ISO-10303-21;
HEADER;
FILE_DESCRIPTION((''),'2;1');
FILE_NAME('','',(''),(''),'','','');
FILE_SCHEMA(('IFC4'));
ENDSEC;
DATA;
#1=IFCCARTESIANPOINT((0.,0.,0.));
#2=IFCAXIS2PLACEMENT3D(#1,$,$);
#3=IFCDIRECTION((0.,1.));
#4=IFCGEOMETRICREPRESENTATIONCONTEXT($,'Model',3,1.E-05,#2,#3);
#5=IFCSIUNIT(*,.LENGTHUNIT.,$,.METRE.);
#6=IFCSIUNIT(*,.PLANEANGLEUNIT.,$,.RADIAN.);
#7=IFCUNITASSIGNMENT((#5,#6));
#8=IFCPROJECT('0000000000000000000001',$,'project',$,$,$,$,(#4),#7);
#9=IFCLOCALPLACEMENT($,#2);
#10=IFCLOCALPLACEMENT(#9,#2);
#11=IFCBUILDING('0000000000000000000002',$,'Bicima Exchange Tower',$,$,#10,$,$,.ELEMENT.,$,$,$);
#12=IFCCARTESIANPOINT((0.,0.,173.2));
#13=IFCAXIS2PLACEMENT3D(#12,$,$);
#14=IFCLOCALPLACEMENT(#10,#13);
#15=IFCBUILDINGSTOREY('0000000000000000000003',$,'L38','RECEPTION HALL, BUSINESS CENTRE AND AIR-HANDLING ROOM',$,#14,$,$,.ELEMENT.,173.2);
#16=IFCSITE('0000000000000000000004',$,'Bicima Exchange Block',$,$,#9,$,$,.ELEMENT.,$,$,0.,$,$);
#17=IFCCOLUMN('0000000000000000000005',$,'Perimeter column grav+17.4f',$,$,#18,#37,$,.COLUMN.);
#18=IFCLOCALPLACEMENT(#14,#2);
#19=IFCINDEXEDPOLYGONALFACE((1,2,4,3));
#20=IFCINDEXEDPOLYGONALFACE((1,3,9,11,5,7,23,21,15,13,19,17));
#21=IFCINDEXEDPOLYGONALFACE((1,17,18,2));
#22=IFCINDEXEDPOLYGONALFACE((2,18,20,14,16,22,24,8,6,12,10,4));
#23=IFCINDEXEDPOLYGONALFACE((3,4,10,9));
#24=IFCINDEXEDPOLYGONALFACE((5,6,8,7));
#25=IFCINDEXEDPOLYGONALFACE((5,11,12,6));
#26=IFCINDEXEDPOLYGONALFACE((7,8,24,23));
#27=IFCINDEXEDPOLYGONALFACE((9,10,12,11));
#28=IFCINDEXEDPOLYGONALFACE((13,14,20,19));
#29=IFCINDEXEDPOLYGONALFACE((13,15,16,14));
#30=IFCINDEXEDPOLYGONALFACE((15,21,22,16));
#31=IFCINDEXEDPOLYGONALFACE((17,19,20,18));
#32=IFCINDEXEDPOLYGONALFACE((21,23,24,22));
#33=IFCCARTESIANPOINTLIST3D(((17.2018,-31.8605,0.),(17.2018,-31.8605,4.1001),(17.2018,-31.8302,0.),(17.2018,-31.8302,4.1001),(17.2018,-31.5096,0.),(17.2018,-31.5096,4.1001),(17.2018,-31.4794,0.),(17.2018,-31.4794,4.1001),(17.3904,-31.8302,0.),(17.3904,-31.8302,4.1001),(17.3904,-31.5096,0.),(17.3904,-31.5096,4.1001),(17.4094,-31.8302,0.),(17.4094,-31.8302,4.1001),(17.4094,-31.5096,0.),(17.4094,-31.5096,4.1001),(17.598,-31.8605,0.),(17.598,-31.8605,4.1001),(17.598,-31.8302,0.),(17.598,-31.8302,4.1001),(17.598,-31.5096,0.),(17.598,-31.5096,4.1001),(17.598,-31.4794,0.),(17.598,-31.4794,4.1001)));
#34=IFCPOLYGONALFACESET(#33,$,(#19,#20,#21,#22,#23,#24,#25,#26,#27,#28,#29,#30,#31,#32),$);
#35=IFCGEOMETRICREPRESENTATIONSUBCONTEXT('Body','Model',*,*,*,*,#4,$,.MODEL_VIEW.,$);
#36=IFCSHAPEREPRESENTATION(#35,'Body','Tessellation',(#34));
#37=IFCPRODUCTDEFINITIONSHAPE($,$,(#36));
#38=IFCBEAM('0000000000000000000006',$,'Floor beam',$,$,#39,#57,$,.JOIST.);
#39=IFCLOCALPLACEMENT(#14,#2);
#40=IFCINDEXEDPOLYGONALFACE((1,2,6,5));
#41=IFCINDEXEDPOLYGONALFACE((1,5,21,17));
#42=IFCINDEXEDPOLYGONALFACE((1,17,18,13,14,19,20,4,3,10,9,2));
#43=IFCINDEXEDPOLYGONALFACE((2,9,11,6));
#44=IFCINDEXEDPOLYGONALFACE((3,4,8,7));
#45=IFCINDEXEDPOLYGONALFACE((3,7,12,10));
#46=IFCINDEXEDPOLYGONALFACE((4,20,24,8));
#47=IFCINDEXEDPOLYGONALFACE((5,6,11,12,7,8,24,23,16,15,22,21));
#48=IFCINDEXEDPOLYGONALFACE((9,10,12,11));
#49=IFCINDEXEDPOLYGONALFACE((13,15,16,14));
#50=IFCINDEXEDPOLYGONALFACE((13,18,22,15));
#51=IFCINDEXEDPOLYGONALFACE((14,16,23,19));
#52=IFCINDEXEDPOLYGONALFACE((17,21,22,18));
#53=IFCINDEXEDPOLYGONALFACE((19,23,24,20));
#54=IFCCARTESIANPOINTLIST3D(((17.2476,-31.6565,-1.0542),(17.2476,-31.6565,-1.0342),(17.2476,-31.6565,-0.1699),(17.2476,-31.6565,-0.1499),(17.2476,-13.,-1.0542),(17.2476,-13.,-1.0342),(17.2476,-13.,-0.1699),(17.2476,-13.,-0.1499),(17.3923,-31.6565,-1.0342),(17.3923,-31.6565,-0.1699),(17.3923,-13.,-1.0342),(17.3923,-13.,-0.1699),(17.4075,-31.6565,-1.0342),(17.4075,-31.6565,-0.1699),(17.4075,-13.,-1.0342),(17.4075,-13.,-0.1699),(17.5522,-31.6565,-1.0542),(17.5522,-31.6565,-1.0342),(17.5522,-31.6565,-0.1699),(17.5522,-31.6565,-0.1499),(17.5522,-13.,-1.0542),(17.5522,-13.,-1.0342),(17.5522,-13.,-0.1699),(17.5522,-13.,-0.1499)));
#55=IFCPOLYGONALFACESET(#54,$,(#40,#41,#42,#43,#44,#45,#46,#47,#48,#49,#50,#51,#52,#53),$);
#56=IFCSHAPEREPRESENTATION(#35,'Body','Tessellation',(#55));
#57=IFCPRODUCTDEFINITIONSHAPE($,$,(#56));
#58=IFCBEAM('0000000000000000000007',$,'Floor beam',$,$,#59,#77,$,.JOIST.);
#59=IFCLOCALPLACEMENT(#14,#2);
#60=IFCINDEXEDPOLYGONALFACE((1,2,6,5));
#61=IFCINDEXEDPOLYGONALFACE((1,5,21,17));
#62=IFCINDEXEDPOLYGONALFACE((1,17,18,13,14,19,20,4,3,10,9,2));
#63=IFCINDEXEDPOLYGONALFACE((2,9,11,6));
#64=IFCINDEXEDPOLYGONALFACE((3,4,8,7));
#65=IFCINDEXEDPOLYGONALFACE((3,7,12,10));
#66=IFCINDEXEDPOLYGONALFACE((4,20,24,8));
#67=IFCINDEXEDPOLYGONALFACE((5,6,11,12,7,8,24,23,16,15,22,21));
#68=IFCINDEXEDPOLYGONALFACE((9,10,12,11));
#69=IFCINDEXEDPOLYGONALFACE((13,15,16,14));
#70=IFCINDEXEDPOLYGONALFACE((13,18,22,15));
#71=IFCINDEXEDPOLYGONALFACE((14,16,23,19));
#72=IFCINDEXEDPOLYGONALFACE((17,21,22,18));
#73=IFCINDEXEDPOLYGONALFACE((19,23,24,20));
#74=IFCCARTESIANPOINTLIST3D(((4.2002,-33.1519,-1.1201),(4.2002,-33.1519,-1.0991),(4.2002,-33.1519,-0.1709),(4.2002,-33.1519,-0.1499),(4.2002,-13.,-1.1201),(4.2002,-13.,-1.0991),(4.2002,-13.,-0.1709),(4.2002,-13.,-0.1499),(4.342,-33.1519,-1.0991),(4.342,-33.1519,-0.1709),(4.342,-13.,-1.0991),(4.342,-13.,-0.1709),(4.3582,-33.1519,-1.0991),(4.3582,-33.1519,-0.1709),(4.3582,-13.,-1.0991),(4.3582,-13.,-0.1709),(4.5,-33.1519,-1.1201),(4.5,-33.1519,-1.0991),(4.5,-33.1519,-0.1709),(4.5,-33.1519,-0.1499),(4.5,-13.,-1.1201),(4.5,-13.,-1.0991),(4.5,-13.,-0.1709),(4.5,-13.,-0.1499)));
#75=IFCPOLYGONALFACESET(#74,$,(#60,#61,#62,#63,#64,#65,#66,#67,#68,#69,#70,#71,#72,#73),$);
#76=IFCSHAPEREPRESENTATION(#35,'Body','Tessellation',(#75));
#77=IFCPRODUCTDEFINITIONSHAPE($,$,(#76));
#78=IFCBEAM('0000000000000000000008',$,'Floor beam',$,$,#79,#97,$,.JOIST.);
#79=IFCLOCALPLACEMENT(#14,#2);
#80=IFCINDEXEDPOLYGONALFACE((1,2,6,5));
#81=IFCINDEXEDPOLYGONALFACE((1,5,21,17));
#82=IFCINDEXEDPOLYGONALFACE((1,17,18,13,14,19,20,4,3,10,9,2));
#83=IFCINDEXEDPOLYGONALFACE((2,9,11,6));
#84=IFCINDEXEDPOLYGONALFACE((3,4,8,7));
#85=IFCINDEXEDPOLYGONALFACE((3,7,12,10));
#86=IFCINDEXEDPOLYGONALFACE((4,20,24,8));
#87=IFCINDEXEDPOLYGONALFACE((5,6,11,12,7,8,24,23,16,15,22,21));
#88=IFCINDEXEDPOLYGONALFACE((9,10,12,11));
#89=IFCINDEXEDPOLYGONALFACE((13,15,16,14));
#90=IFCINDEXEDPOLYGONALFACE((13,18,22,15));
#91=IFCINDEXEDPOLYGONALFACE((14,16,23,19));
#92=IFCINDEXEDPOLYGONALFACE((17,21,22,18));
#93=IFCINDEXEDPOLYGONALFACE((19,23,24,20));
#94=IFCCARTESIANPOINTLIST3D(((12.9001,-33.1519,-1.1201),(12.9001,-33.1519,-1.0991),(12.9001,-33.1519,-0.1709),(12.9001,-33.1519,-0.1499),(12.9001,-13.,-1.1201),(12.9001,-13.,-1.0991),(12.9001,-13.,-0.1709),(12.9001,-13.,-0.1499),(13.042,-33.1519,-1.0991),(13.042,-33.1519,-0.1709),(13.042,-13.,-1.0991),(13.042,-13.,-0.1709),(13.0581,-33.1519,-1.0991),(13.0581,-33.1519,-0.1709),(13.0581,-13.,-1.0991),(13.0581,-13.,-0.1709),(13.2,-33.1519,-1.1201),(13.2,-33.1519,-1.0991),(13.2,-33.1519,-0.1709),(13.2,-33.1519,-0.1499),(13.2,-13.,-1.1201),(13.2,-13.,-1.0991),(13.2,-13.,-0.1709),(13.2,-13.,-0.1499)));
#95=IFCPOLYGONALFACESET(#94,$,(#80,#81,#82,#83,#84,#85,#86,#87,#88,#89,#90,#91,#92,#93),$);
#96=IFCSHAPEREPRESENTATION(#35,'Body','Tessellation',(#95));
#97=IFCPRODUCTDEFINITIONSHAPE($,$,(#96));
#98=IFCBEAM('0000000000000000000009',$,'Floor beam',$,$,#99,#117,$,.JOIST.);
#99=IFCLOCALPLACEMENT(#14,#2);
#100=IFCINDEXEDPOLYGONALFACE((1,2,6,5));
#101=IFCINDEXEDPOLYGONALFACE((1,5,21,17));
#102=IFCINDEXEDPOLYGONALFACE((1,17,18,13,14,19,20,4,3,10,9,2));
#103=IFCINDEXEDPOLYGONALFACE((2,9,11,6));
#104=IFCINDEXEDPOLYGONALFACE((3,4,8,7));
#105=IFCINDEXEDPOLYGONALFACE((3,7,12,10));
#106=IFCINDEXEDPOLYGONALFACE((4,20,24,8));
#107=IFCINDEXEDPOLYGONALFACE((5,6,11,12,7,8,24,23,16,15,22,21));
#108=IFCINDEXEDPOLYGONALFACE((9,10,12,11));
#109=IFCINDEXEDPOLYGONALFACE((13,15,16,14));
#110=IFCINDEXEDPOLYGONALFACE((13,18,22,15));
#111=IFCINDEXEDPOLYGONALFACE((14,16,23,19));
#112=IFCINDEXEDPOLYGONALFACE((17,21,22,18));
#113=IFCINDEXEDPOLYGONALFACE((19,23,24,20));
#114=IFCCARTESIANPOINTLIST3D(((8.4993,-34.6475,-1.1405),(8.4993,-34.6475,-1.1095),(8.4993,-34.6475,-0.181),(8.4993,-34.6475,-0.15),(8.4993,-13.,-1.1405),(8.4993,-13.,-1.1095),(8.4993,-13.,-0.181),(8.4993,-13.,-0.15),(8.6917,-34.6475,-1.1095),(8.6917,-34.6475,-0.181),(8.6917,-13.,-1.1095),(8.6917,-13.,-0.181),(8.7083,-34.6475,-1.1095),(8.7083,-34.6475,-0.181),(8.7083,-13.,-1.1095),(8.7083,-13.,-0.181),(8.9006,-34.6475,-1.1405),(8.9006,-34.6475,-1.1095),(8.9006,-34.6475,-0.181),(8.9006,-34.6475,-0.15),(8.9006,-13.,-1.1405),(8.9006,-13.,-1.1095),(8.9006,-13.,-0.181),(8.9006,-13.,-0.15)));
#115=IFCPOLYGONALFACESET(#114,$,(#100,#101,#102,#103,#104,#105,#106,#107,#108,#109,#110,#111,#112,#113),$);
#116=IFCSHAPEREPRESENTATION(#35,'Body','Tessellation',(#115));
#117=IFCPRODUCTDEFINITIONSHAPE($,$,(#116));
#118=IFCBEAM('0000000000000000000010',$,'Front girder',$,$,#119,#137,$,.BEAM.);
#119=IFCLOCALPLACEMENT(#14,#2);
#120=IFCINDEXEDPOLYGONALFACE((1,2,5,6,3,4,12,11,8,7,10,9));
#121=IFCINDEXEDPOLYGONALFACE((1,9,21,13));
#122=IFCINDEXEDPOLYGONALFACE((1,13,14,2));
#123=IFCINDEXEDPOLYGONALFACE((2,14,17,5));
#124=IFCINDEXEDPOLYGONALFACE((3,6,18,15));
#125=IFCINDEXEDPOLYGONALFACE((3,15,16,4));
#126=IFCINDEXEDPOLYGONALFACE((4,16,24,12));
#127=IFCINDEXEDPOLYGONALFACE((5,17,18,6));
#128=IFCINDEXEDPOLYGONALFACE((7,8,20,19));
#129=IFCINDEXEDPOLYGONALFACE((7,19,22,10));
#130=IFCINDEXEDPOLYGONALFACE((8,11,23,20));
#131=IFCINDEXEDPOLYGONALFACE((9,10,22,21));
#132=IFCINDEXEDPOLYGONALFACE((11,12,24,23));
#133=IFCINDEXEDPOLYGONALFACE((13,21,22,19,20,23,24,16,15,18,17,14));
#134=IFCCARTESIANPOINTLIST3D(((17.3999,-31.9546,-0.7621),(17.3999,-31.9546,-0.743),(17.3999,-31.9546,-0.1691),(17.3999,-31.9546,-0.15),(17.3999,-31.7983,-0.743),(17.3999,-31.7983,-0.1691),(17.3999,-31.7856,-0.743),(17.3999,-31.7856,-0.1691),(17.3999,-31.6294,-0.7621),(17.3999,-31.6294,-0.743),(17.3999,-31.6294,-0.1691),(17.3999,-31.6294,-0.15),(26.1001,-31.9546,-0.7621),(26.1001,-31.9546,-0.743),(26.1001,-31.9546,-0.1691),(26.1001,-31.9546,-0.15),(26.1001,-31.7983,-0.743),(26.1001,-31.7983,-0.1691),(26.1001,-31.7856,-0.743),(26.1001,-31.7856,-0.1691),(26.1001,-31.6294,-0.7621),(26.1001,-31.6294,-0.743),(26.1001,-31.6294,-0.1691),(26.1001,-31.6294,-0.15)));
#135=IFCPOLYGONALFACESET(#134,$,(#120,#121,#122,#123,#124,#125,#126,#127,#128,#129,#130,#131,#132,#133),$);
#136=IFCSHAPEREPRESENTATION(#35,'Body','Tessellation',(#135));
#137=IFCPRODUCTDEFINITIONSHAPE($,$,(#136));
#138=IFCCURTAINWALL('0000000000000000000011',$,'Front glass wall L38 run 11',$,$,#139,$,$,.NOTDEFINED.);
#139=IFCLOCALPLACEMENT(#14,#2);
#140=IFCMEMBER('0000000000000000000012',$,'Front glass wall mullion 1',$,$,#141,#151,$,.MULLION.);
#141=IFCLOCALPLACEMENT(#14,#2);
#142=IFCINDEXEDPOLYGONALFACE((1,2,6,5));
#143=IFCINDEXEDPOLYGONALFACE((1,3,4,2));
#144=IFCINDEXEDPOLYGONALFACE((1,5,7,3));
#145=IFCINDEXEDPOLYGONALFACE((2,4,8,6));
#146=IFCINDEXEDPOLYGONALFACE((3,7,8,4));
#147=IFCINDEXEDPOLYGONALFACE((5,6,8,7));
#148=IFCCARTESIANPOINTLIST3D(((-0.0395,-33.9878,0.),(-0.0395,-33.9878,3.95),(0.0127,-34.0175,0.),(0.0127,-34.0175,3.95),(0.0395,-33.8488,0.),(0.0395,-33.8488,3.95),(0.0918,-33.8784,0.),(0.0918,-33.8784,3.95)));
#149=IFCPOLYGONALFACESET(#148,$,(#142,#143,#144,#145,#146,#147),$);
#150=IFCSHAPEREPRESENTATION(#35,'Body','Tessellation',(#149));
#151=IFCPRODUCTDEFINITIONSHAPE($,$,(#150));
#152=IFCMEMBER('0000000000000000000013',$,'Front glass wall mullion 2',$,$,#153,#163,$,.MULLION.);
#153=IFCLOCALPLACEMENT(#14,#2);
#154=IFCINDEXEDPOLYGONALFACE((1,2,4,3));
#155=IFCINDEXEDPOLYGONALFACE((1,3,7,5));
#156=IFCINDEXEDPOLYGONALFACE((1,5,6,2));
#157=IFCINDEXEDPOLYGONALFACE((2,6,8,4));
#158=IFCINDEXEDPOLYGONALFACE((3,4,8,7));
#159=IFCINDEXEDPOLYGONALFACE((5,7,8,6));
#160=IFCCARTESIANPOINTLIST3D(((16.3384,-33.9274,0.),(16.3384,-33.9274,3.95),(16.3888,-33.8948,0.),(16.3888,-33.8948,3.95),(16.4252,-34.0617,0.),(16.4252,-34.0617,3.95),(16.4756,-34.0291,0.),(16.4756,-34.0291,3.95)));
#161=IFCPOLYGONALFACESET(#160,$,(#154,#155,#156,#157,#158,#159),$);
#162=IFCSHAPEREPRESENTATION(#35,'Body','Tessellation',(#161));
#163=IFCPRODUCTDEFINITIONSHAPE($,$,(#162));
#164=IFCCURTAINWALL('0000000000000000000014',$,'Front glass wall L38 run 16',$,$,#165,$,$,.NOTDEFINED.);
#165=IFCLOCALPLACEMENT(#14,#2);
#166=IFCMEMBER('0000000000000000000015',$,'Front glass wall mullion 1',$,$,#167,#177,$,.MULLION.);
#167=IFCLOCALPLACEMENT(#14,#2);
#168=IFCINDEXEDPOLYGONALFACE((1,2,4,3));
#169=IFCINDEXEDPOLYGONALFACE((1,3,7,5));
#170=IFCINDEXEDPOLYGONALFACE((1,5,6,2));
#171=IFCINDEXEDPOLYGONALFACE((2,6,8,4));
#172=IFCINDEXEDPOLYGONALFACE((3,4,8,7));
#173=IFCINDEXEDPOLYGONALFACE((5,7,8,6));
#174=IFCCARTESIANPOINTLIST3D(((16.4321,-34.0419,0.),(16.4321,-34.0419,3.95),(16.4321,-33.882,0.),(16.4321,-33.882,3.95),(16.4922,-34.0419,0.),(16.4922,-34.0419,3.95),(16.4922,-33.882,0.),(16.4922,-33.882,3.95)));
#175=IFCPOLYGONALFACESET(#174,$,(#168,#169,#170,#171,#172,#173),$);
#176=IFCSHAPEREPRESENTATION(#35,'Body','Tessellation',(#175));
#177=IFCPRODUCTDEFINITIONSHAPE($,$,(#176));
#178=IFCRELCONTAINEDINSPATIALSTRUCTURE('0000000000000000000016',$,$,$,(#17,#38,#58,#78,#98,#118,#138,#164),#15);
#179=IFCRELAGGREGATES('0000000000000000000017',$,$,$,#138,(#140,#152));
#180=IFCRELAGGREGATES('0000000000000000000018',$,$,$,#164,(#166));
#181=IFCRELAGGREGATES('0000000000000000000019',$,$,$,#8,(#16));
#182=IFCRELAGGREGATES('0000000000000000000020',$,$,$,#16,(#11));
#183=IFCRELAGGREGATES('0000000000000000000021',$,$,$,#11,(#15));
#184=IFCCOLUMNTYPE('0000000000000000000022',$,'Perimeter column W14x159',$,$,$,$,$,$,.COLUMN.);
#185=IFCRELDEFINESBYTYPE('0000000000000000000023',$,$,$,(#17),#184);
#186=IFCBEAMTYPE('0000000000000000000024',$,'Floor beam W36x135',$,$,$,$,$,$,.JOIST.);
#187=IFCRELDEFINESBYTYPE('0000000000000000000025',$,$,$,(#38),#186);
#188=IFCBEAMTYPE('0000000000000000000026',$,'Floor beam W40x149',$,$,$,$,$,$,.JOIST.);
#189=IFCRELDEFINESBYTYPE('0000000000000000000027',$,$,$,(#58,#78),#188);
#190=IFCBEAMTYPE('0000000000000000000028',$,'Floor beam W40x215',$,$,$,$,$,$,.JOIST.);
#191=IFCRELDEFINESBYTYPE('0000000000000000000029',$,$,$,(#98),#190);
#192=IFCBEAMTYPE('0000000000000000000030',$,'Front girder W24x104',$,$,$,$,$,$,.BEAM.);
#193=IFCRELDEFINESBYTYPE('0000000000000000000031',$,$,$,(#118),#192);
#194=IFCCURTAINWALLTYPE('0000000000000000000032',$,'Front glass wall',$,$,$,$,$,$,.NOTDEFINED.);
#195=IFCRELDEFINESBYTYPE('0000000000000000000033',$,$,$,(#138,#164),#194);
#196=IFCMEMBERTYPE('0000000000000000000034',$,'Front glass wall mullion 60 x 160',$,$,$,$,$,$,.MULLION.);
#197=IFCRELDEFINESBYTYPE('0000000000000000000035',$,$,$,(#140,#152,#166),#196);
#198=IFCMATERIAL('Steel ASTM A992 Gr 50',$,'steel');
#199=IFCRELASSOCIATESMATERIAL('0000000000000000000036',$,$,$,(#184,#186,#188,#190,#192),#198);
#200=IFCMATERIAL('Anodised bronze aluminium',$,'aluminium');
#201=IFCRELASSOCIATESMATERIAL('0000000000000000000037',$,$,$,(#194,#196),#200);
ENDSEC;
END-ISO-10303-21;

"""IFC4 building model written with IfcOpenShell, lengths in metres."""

from ifc_helpers import new_model, si_unit, direction, frame, origin, origin_2d, place, context, subcontext, project, spatial, rectangle, i_section, extrude, material, material_profile, profile_set, type_object, element, aggregate, save


model = new_model("IFC4")

# Units and contexts
model_context = context("Model", 3, precision=1e-05, world=origin(), true_north=direction((0.0, 1.0)))
body_context = subcontext(model_context, "Body", "Model", "MODEL_VIEW")
ifc_project = project(units=[si_unit("LENGTHUNIT", "METRE"), si_unit("PLANEANGLEUNIT", "RADIAN")], contexts=[model_context])

# Site, building, storey
site_placement = place(None, origin())
site = spatial("IfcSite", under=ifc_project, at=site_placement, Name="Bicima Exchange Block", CompositionType="ELEMENT", RefElevation=0.0)
building_placement = place(site_placement, origin())
building = spatial("IfcBuilding", under=site, at=building_placement, Name="Bicima Exchange Tower", CompositionType="ELEMENT")
storey_placement = place(building_placement, frame((0.0, 0.0, 173.2)))
storey = spatial("IfcBuildingStorey", under=building, at=storey_placement, Name="L38", Description="RECEPTION HALL, BUSINESS CENTRE AND AIR-HANDLING ROOM", CompositionType="ELEMENT", Elevation=173.2)

# Column
ifc_material_1 = material(Name="Steel ASTM A992 Gr 50", Category="steel")
ifc_material_profile_1 = material_profile(ifc_material_1, i_section(OverallWidth=0.3962, OverallDepth=0.3811, WebThickness=0.019, FlangeThickness=0.0303, at=origin_2d()))
ifc_profile_set_1 = profile_set([ifc_material_profile_1], Name="Steel ASTM A992 Gr 50")
column_type = type_object("IfcColumnType", Name="Perimeter column W14x159", PredefinedType="COLUMN", material=ifc_profile_set_1)
column_placement = place(storey_placement, frame((17.3999, -31.6699, 0.0), z_axis=(0.0, 0.0, 1.0), x_axis=(1.0, 0.0, 0.0)))
element("IfcColumn", 1, at=column_placement, inside=storey, type_object=column_type, Name="Perimeter column grav+17.4f", PredefinedType="COLUMN", context=body_context, shape_type="SweptSolid", body=[
    extrude(i_section(OverallWidth=0.3962, OverallDepth=0.3811, WebThickness=0.019, FlangeThickness=0.0303, at=origin_2d()), origin(), (0.0, 0.0, 1.0), 4.1001),
])

# Beams
ifc_material_profile_2 = material_profile(ifc_material_1, i_section(OverallWidth=0.3047, OverallDepth=0.9043, WebThickness=0.0151, FlangeThickness=0.02, at=origin_2d()))
ifc_profile_set_2 = profile_set([ifc_material_profile_2], Name="Steel ASTM A992 Gr 50")
beam_type_1 = type_object("IfcBeamType", Name="Floor beam W36x135", PredefinedType="JOIST", material=ifc_profile_set_2)
beam_1_placement = place(storey_placement, frame((17.3999, -13.0, -0.6021), z_axis=(0.0, -1.0, 0.0), x_axis=(1.0, 0.0, 0.0)))
element("IfcBeam", 2, at=beam_1_placement, inside=storey, type_object=beam_type_1, Name="Floor beam", PredefinedType="JOIST", context=body_context, shape_type="SweptSolid", body=[
    extrude(i_section(OverallWidth=0.3047, OverallDepth=0.9043, WebThickness=0.0151, FlangeThickness=0.02, at=origin_2d()), origin(), (0.0, 0.0, 1.0), 18.6565),
])
ifc_material_profile_3 = material_profile(ifc_material_1, i_section(OverallWidth=0.2998, OverallDepth=0.9702, WebThickness=0.0161, FlangeThickness=0.021, at=origin_2d()))
ifc_profile_set_3 = profile_set([ifc_material_profile_3], Name="Steel ASTM A992 Gr 50")
beam_type_2 = type_object("IfcBeamType", Name="Floor beam W40x149", PredefinedType="JOIST", material=ifc_profile_set_3)
for number, where, z_axis, x_axis, name in (
    (3, (4.3501, -13.0, -0.635), (0.0, -1.0, 0.0), (1.0, 0.0, 0.0), "Floor beam"),
    (4, (13.05, -13.0, -0.635), (0.0, -1.0, 0.0), (1.0, 0.0, 0.0), "Floor beam"),
):
    element("IfcBeam", number, at=place(storey_placement, frame(where, z_axis=z_axis, x_axis=x_axis)), inside=storey, type_object=beam_type_2, Name=name, PredefinedType="JOIST", context=body_context, shape_type="SweptSolid", body=[
        extrude(i_section(OverallWidth=0.2998, OverallDepth=0.9702, WebThickness=0.0161, FlangeThickness=0.021, at=origin_2d()), origin(), (0.0, 0.0, 1.0), 20.1519),
    ])
ifc_material_profile_4 = material_profile(ifc_material_1, i_section(OverallWidth=0.4014, OverallDepth=0.9905, WebThickness=0.0166, FlangeThickness=0.031, at=origin_2d()))
ifc_profile_set_4 = profile_set([ifc_material_profile_4], Name="Steel ASTM A992 Gr 50")
beam_type_3 = type_object("IfcBeamType", Name="Floor beam W40x215", PredefinedType="JOIST", material=ifc_profile_set_4)
beam_2_placement = place(storey_placement, frame((8.7, -13.0, -0.6453), z_axis=(0.0, -1.0, 0.0), x_axis=(1.0, 0.0, 0.0)))
element("IfcBeam", 5, at=beam_2_placement, inside=storey, type_object=beam_type_3, Name="Floor beam", PredefinedType="JOIST", context=body_context, shape_type="SweptSolid", body=[
    extrude(i_section(OverallWidth=0.4014, OverallDepth=0.9905, WebThickness=0.0166, FlangeThickness=0.031, at=origin_2d()), origin(), (0.0, 0.0, 1.0), 21.6475),
])
ifc_material_profile_5 = material_profile(ifc_material_1, i_section(OverallWidth=0.3252, OverallDepth=0.6121, WebThickness=0.0127, FlangeThickness=0.019, at=origin_2d()))
ifc_profile_set_5 = profile_set([ifc_material_profile_5], Name="Steel ASTM A992 Gr 50")
beam_type_4 = type_object("IfcBeamType", Name="Front girder W24x104", PredefinedType="BEAM", material=ifc_profile_set_5)
beam_3_placement = place(storey_placement, frame((17.3999, -31.792, -0.4561), z_axis=(1.0, 0.0, 0.0), x_axis=(0.0, 1.0, 0.0)))
element("IfcBeam", 6, at=beam_3_placement, inside=storey, type_object=beam_type_4, Name="Front girder", PredefinedType="BEAM", context=body_context, shape_type="SweptSolid", body=[
    extrude(i_section(OverallWidth=0.3252, OverallDepth=0.6121, WebThickness=0.0127, FlangeThickness=0.019, at=origin_2d()), origin(), (0.0, 0.0, 1.0), 8.7002),
])

# Curtain wall, members
ifc_material_2 = material(Name="Anodised bronze aluminium", Category="aluminium")
curtain_wall_type = type_object("IfcCurtainWallType", Name="Front glass wall", PredefinedType="NOTDEFINED", material=ifc_material_2)
curtain_wall_1_placement = place(storey_placement, origin())
curtain_wall_1 = element("IfcCurtainWall", 7, at=curtain_wall_1_placement, inside=storey, type_object=curtain_wall_type, Name="Front glass wall L38 run 11", PredefinedType="NOTDEFINED")
ifc_material_profile_6 = material_profile(ifc_material_2, rectangle(XDim=0.1599, YDim=0.0601, at=origin_2d()))
ifc_profile_set_6 = profile_set([ifc_material_profile_6], Name="Anodised bronze aluminium")
member_type_1 = type_object("IfcMemberType", Name="Front glass wall mullion 60 x 160", PredefinedType="MULLION", material=ifc_profile_set_6)
member_1_placement = place(storey_placement, frame((0.0261, -33.9331, 0.0), z_axis=(0.0, 0.0, 1.0), x_axis=(0.49433, 0.869274, 0.0)))
member_1 = element("IfcMember", 8, at=member_1_placement, type_object=member_type_1, Name="Front glass wall mullion 1", PredefinedType="MULLION", context=body_context, shape_type="SweptSolid", body=[
    extrude(rectangle(XDim=0.1599, YDim=0.0601, at=origin_2d()), origin(), (0.0, 0.0, 1.0), 3.95),
])
member_2_placement = place(storey_placement, frame((16.407, -33.9783, 0.0), z_axis=(0.0, 0.0, 1.0), x_axis=(-0.542909, 0.839791, 0.0)))
member_2 = element("IfcMember", 9, at=member_2_placement, type_object=member_type_1, Name="Front glass wall mullion 2", PredefinedType="MULLION", context=body_context, shape_type="SweptSolid", body=[
    extrude(rectangle(XDim=0.1599, YDim=0.0601, at=origin_2d()), origin(), (0.0, 0.0, 1.0), 3.95),
])

# Curtain wall, member
curtain_wall_2_placement = place(storey_placement, origin())
curtain_wall_2 = element("IfcCurtainWall", 10, at=curtain_wall_2_placement, inside=storey, type_object=curtain_wall_type, Name="Front glass wall L38 run 16", PredefinedType="NOTDEFINED")
member_3_placement = place(storey_placement, frame((16.4622, -33.9619, 0.0), z_axis=(0.0, 0.0, 1.0), x_axis=(0.0, 1.0, 0.0)))
member_3 = element("IfcMember", 11, at=member_3_placement, type_object=member_type_1, Name="Front glass wall mullion 1", PredefinedType="MULLION", context=body_context, shape_type="SweptSolid", body=[
    extrude(rectangle(XDim=0.1599, YDim=0.0601, at=origin_2d()), origin(), (0.0, 0.0, 1.0), 3.95),
])

aggregate(curtain_wall_1, [member_1, member_2])
aggregate(curtain_wall_2, [member_3])

save(model, "model.ifc")
